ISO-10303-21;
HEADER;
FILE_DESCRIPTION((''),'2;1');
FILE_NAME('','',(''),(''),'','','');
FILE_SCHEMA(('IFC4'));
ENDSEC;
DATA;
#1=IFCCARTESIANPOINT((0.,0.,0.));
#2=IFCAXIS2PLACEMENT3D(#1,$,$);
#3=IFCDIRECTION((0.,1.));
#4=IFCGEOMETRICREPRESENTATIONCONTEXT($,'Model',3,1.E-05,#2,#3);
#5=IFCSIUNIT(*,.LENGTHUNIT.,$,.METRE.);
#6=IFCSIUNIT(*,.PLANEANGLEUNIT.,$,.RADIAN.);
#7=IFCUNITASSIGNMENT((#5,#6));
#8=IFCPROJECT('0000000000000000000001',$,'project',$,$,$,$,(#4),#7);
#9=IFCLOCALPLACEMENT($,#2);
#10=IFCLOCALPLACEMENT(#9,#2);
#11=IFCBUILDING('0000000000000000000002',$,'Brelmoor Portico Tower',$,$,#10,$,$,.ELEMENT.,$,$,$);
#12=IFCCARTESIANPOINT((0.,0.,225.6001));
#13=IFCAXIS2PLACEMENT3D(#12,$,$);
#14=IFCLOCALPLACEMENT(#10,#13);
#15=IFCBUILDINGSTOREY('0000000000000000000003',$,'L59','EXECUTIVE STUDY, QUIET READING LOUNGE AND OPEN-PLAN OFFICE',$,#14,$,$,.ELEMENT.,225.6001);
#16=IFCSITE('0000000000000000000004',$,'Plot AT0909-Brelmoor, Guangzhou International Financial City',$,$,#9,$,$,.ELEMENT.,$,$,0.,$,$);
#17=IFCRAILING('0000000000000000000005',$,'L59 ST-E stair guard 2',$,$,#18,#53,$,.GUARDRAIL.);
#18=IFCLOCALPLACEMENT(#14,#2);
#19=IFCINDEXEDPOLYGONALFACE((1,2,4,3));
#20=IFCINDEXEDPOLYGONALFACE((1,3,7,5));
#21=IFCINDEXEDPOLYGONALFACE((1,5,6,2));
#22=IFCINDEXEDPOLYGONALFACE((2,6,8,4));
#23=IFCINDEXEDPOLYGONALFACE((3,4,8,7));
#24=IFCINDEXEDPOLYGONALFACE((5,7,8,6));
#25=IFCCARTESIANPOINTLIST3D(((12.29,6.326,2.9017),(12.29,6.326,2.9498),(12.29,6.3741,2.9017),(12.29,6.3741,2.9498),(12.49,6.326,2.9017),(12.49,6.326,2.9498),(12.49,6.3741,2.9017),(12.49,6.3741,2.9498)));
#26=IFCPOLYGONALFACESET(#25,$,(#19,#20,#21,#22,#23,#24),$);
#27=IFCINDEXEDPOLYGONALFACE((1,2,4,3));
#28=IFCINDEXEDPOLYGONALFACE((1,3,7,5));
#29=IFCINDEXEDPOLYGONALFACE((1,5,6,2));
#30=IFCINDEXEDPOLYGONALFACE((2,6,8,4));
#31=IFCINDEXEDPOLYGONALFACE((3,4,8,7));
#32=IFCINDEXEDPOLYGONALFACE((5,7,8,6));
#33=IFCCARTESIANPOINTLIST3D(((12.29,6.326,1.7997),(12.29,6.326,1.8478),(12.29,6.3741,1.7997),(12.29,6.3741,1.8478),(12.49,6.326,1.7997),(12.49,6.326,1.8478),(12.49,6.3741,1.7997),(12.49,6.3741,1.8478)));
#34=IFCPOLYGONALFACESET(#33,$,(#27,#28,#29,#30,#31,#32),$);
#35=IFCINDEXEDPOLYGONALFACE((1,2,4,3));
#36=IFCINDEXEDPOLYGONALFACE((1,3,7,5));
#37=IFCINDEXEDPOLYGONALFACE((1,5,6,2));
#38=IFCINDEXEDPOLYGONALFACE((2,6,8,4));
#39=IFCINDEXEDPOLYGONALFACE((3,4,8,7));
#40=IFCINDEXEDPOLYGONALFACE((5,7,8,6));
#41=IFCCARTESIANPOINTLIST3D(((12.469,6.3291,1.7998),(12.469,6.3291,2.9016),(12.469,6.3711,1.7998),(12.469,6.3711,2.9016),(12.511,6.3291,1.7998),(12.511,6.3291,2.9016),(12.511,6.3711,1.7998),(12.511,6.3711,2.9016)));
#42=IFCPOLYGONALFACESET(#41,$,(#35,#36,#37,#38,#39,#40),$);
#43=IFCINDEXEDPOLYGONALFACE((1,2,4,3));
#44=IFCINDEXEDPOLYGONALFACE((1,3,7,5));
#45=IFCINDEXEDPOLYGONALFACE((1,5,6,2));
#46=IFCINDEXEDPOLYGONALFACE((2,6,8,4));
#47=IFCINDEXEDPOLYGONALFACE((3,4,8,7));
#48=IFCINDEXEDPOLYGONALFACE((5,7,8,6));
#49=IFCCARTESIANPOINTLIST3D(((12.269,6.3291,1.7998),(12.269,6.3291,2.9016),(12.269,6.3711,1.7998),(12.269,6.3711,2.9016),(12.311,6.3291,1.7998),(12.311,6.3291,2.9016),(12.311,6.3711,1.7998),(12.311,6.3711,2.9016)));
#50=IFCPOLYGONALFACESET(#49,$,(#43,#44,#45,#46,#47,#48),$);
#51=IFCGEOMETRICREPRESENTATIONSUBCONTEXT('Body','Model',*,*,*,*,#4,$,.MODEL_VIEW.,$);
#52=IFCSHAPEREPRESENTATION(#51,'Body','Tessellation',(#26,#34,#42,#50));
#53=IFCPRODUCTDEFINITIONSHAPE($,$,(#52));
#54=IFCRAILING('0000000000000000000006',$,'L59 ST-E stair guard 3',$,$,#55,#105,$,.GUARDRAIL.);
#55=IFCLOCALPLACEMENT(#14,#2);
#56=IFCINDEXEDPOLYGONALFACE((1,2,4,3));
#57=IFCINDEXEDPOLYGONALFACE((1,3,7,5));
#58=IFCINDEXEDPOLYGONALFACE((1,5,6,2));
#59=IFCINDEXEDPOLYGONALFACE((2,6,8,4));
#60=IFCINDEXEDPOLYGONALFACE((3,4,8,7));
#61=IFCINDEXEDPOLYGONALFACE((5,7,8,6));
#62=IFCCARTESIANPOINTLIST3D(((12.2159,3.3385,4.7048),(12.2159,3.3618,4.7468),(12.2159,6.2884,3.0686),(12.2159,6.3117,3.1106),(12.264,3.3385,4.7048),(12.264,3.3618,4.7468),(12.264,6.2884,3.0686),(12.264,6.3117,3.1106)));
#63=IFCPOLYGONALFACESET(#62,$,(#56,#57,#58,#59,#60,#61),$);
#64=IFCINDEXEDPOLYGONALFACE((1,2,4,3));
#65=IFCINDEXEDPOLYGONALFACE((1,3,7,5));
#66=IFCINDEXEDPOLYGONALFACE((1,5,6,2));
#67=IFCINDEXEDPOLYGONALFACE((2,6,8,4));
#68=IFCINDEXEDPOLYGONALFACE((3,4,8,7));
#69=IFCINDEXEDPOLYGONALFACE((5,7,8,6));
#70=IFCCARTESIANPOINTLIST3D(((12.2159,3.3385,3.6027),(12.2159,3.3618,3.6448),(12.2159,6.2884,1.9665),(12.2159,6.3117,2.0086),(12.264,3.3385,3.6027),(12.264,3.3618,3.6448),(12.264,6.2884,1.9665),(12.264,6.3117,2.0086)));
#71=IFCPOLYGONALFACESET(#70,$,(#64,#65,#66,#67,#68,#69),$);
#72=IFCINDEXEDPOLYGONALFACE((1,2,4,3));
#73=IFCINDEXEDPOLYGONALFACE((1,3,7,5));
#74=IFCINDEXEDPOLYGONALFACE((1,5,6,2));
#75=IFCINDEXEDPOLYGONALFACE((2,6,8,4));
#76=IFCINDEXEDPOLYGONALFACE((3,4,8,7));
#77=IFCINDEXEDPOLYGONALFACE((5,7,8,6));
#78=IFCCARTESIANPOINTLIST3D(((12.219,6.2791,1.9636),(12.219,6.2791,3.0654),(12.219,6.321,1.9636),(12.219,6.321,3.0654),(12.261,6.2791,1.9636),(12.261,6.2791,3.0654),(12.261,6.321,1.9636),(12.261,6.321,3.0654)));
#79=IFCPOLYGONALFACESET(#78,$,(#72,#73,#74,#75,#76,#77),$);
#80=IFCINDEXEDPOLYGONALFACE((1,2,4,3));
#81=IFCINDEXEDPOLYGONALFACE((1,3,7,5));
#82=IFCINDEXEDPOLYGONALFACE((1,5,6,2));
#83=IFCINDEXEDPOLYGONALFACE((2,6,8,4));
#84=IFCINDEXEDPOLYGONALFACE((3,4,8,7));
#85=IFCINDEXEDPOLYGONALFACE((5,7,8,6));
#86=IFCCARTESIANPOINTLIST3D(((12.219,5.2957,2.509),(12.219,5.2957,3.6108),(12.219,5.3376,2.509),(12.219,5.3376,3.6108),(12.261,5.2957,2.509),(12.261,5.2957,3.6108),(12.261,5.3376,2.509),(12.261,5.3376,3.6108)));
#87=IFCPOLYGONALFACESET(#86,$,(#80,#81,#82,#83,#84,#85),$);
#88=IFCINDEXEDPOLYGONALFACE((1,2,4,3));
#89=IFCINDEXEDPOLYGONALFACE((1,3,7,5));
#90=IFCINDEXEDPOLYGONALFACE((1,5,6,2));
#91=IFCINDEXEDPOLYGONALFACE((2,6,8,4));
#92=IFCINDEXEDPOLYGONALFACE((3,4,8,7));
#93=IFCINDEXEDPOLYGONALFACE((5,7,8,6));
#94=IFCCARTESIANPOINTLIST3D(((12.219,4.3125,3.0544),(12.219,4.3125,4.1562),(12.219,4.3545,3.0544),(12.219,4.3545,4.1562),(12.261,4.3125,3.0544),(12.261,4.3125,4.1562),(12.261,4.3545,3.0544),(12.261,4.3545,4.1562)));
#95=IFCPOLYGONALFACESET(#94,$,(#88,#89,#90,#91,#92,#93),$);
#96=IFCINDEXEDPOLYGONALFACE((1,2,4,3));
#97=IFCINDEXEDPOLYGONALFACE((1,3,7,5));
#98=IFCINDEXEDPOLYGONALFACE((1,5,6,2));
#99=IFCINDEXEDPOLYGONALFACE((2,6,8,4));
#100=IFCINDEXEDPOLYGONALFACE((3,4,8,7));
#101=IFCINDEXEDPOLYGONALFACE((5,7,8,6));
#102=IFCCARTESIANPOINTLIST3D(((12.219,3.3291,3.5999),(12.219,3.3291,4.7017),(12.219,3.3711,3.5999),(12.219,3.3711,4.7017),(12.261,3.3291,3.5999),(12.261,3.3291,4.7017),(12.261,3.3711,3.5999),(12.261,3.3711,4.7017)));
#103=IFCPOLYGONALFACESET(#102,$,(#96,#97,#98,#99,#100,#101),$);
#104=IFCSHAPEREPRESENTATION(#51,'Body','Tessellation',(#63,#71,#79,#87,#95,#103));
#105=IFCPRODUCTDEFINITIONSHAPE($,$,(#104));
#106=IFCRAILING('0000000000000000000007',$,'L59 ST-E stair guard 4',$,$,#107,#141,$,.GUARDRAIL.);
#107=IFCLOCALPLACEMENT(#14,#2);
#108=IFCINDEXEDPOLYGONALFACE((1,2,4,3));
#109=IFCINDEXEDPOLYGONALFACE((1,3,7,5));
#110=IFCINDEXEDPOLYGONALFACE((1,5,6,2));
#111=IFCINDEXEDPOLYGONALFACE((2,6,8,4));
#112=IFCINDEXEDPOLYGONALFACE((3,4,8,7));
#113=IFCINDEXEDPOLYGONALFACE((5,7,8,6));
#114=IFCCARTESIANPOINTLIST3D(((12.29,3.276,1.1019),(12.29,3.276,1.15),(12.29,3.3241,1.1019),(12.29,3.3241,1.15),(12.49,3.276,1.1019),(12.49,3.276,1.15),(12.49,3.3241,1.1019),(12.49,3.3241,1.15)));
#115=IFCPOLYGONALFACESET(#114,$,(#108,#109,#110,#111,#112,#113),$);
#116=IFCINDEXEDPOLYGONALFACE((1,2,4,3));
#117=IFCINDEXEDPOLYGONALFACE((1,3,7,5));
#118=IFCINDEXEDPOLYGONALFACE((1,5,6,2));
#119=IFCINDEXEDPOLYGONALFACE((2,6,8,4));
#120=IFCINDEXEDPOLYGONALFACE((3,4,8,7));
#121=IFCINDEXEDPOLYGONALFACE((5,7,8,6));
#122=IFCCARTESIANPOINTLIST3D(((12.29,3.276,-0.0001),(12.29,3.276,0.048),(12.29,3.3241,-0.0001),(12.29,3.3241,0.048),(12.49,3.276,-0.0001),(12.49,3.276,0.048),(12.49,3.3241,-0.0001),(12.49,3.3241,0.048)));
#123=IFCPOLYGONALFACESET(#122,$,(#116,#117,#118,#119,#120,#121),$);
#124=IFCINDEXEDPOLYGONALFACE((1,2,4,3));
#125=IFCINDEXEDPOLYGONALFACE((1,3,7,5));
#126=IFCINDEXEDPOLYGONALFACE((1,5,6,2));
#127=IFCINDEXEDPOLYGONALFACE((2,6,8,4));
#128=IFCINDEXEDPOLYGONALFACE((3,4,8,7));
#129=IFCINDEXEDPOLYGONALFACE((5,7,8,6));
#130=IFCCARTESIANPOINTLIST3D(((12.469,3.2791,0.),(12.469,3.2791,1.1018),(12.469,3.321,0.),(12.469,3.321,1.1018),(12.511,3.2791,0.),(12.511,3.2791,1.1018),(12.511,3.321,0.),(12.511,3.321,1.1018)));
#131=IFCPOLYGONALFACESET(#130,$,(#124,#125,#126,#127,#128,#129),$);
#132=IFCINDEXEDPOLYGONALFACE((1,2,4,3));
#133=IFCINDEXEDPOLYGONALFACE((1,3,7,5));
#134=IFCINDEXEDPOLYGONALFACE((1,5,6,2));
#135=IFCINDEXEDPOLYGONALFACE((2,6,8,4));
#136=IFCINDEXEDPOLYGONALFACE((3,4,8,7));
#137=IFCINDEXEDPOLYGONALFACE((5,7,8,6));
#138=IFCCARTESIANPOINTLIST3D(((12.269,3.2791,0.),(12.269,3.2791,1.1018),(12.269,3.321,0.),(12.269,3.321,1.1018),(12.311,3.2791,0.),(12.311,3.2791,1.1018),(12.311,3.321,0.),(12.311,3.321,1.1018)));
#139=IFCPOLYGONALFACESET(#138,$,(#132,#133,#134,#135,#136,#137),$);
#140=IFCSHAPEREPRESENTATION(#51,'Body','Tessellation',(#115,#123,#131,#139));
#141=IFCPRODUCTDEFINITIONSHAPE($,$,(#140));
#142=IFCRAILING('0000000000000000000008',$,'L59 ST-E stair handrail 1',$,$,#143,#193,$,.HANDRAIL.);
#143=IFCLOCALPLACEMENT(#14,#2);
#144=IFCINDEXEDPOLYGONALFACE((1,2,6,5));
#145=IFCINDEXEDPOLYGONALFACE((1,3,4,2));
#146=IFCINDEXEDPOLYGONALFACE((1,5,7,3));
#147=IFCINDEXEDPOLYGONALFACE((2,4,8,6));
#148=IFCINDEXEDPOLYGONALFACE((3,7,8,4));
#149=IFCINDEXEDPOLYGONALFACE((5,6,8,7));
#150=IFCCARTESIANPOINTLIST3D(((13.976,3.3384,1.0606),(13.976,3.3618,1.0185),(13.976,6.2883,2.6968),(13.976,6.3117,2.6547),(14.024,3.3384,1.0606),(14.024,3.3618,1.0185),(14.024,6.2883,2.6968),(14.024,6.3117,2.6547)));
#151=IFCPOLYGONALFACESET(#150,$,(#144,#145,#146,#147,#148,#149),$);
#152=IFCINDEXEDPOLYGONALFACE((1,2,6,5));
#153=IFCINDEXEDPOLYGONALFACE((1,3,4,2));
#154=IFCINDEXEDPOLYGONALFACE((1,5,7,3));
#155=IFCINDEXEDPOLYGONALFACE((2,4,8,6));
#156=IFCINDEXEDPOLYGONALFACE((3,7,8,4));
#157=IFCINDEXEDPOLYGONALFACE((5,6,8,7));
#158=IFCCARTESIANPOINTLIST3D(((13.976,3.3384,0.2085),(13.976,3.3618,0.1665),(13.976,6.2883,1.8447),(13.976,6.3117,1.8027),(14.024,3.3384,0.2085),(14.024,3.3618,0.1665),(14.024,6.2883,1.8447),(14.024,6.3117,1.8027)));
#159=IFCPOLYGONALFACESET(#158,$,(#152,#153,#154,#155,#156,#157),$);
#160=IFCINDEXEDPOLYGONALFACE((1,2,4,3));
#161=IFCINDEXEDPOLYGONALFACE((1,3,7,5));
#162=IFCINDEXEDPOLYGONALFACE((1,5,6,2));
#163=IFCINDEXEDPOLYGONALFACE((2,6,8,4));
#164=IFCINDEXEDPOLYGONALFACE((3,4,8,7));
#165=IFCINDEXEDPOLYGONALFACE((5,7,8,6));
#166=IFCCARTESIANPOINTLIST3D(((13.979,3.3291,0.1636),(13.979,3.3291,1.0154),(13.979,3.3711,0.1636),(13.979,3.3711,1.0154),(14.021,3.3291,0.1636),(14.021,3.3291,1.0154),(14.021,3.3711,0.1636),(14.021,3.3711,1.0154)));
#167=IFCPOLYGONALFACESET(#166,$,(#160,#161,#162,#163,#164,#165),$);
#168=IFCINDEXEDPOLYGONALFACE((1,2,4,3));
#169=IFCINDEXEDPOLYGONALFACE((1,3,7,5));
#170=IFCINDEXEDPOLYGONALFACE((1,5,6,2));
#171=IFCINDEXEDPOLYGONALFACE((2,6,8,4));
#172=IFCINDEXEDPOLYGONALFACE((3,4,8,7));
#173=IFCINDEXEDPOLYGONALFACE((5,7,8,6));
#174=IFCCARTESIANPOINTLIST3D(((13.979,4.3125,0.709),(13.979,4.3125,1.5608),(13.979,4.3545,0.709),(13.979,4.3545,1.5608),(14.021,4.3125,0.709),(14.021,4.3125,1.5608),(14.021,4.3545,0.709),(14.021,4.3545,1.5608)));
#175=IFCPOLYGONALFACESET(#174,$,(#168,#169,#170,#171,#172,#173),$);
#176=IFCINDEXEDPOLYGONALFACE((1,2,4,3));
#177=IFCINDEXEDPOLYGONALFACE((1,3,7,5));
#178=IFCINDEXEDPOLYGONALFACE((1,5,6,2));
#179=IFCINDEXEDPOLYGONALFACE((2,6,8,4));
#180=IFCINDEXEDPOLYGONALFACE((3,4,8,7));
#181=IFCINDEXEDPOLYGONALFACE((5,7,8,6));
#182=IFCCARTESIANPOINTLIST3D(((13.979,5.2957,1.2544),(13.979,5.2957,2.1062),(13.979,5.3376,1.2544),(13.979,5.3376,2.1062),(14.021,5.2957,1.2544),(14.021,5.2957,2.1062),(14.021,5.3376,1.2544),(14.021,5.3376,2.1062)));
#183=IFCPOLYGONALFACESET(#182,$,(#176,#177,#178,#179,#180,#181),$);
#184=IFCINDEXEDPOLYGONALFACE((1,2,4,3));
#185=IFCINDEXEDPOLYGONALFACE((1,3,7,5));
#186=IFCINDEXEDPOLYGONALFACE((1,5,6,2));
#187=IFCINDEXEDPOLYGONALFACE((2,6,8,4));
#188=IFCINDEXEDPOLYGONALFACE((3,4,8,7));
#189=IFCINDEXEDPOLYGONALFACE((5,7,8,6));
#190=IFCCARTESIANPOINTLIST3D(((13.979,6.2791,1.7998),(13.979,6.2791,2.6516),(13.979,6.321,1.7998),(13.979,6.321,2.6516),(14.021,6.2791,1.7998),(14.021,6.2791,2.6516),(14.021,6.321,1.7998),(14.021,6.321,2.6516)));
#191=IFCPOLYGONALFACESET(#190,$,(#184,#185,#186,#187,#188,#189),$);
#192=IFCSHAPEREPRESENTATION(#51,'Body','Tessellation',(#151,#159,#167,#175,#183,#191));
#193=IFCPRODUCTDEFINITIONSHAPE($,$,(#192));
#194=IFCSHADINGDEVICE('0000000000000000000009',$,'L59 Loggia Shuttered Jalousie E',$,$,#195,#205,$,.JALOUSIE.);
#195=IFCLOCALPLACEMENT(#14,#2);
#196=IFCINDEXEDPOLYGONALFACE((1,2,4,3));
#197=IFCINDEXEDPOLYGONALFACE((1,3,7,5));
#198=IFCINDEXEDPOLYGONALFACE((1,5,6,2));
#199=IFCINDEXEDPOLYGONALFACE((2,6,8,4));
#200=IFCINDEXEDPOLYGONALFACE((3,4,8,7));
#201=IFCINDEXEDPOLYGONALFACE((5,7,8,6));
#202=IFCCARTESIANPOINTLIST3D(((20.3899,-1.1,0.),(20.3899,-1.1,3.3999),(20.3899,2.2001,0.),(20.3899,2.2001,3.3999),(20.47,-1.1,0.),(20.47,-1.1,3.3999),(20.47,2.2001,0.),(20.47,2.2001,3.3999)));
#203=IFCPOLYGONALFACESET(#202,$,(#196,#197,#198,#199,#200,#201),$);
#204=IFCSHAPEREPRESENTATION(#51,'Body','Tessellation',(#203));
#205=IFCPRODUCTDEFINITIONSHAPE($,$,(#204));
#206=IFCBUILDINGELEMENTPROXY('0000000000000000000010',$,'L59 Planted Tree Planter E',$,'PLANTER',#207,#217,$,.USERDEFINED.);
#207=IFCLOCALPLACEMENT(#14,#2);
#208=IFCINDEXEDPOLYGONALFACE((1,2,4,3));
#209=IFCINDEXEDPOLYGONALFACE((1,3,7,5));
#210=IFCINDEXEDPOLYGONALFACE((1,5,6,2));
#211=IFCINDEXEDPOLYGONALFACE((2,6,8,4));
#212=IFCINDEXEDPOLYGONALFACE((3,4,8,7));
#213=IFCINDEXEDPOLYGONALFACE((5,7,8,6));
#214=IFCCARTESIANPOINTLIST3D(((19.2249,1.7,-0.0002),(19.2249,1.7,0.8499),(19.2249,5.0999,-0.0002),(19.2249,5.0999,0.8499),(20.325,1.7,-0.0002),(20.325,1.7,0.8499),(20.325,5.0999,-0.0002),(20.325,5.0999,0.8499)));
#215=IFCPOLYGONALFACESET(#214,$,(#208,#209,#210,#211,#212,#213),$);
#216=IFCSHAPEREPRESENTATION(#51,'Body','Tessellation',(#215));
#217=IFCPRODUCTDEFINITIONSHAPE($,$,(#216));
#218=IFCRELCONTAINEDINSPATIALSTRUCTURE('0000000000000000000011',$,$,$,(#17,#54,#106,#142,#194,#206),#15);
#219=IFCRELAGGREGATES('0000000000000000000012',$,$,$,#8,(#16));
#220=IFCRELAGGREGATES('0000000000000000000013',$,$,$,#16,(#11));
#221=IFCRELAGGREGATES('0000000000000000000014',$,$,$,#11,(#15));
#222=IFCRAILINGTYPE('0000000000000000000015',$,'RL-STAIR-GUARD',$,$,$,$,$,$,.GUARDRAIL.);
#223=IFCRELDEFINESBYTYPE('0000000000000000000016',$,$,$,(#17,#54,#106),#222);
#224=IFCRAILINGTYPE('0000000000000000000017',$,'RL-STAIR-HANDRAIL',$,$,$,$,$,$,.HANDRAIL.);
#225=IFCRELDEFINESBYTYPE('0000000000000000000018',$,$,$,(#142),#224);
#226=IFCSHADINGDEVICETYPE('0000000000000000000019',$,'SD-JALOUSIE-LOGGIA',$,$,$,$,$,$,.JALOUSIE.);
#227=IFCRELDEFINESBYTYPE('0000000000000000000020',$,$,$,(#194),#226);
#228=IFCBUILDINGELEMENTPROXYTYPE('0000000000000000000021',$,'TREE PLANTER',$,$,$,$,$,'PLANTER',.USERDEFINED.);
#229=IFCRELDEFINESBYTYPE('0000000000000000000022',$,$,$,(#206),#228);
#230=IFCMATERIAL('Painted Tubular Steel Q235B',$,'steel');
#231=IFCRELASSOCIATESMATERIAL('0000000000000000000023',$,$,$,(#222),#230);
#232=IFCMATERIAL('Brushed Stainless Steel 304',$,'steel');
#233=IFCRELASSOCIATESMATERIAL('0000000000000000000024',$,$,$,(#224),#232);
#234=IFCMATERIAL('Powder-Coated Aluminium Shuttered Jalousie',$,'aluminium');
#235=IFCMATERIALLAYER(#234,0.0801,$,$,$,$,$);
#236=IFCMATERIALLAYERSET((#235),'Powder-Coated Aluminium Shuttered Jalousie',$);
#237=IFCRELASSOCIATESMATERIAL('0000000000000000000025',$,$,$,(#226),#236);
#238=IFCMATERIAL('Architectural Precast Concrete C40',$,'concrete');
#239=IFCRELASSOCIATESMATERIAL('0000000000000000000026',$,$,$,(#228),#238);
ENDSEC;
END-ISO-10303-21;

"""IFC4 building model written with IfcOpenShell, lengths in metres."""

from ifc_helpers import new_model, si_unit, direction, frame, origin, origin_2d, place, context, subcontext, project, spatial, rectangle, extrude, material, layer, layer_set, type_object, element, save


model = new_model("IFC4")

# Units and contexts
model_context = context("Model", 3, precision=1e-05, world=origin(), true_north=direction((0.0, 1.0)))
body_context = subcontext(model_context, "Body", "Model", "MODEL_VIEW")
ifc_project = project(units=[si_unit("LENGTHUNIT", "METRE"), si_unit("PLANEANGLEUNIT", "RADIAN")], contexts=[model_context])

# Site, building, storey
site_placement = place(None, origin())
site = spatial("IfcSite", under=ifc_project, at=site_placement, Name="Plot AT0909-Brelmoor, Guangzhou International Financial City", CompositionType="ELEMENT", RefElevation=0.0)
building_placement = place(site_placement, origin())
building = spatial("IfcBuilding", under=site, at=building_placement, Name="Brelmoor Portico Tower", CompositionType="ELEMENT")
storey_placement = place(building_placement, frame((0.0, 0.0, 225.6001)))
storey = spatial("IfcBuildingStorey", under=building, at=storey_placement, Name="L59", Description="EXECUTIVE STUDY, QUIET READING LOUNGE AND OPEN-PLAN OFFICE", CompositionType="ELEMENT", Elevation=225.6001)

# Railings
ifc_material_1 = material(Name="Painted Tubular Steel Q235B", Category="steel")
railing_type_1 = type_object("IfcRailingType", Name="RL-STAIR-GUARD", PredefinedType="GUARDRAIL", material=ifc_material_1)
railing_1_placement = place(storey_placement, frame((12.49, 6.3501, 1.7998)))
element("IfcRailing", 1, at=railing_1_placement, inside=storey, type_object=railing_type_1, Name="L59 ST-E stair guard 2", PredefinedType="GUARDRAIL", context=body_context, shape_type="SweptSolid", body=[
    extrude(rectangle(XDim=0.0481, YDim=0.0481, at=origin_2d()), frame((0.0, 0.0, 1.126), z_axis=(-1.0, 0.0, 0.0), x_axis=(0.0, -1.0, 0.0)), (0.0, 0.0, 1.0), 0.2),
    extrude(rectangle(XDim=0.0481, YDim=0.0481, at=origin_2d()), frame((0.0, 0.0, 0.0239), z_axis=(-1.0, 0.0, 0.0), x_axis=(0.0, -1.0, 0.0)), (0.0, 0.0, 1.0), 0.2),
    extrude(rectangle(XDim=0.042, YDim=0.042, at=origin_2d()), origin(), (0.0, 0.0, 1.0), 1.1018),
    extrude(rectangle(XDim=0.042, YDim=0.042, at=origin_2d()), frame((-0.2, 0.0, 0.0)), (0.0, 0.0, 1.0), 1.1018),
])
railing_2_placement = place(storey_placement, frame((12.24, 6.3, 1.9636)))
element("IfcRailing", 2, at=railing_2_placement, inside=storey, type_object=railing_type_1, Name="L59 ST-E stair guard 3", PredefinedType="GUARDRAIL", context=body_context, shape_type="SweptSolid", body=[
    extrude(rectangle(XDim=0.0481, YDim=0.0481, at=origin_2d()), frame((0.0, 0.0, 1.126), z_axis=(0.0, -0.874488, 0.485047), x_axis=(1.0, 0.0, 0.0)), (0.0, 0.0, 1.0), 3.3733),
    extrude(rectangle(XDim=0.0481, YDim=0.0481, at=origin_2d()), frame((0.0, 0.0, 0.0239), z_axis=(0.0, -0.874488, 0.485047), x_axis=(1.0, 0.0, 0.0)), (0.0, 0.0, 1.0), 3.3733),
    extrude(rectangle(XDim=0.042, YDim=0.042, at=origin_2d()), origin(), (0.0, 0.0, 1.0), 1.1018),
    extrude(rectangle(XDim=0.042, YDim=0.042, at=origin_2d()), frame((0.0, -0.9834, 0.5454)), (0.0, 0.0, 1.0), 1.1018),
    extrude(rectangle(XDim=0.042, YDim=0.042, at=origin_2d()), frame((0.0, -1.9666, 1.0908)), (0.0, 0.0, 1.0), 1.1018),
    extrude(rectangle(XDim=0.042, YDim=0.042, at=origin_2d()), frame((0.0, -2.95, 1.6362)), (0.0, 0.0, 1.0), 1.1018),
])
railing_3_placement = place(storey_placement, frame((12.49, 3.3, 0.0)))
element("IfcRailing", 3, at=railing_3_placement, inside=storey, type_object=railing_type_1, Name="L59 ST-E stair guard 4", PredefinedType="GUARDRAIL", context=body_context, shape_type="SweptSolid", body=[
    extrude(rectangle(XDim=0.0481, YDim=0.0481, at=origin_2d()), frame((0.0, 0.0, 1.126), z_axis=(-1.0, 0.0, 0.0), x_axis=(0.0, -1.0, 0.0)), (0.0, 0.0, 1.0), 0.2),
    extrude(rectangle(XDim=0.0481, YDim=0.0481, at=origin_2d()), frame((0.0, 0.0, 0.0239), z_axis=(-1.0, 0.0, 0.0), x_axis=(0.0, -1.0, 0.0)), (0.0, 0.0, 1.0), 0.2),
    extrude(rectangle(XDim=0.042, YDim=0.042, at=origin_2d()), origin(), (0.0, 0.0, 1.0), 1.1018),
    extrude(rectangle(XDim=0.042, YDim=0.042, at=origin_2d()), frame((-0.2, 0.0, 0.0)), (0.0, 0.0, 1.0), 1.1018),
])
ifc_material_2 = material(Name="Brushed Stainless Steel 304", Category="steel")
railing_type_2 = type_object("IfcRailingType", Name="RL-STAIR-HANDRAIL", PredefinedType="HANDRAIL", material=ifc_material_2)
railing_4_placement = place(storey_placement, frame((14.0, 3.3501, 0.1636)))
element("IfcRailing", 4, at=railing_4_placement, inside=storey, type_object=railing_type_2, Name="L59 ST-E stair handrail 1", PredefinedType="HANDRAIL", context=body_context, shape_type="SweptSolid", body=[
    extrude(rectangle(XDim=0.0481, YDim=0.0481, at=origin_2d()), frame((0.0, 0.0, 0.876), z_axis=(0.0, 0.874488, 0.485047), x_axis=(-1.0, 0.0, 0.0)), (0.0, 0.0, 1.0), 3.3733),
    extrude(rectangle(XDim=0.0481, YDim=0.0481, at=origin_2d()), frame((0.0, 0.0, 0.0239), z_axis=(0.0, 0.874488, 0.485047), x_axis=(-1.0, 0.0, 0.0)), (0.0, 0.0, 1.0), 3.3733),
    extrude(rectangle(XDim=0.042, YDim=0.042, at=origin_2d()), origin(), (0.0, 0.0, 1.0), 0.8518),
    extrude(rectangle(XDim=0.042, YDim=0.042, at=origin_2d()), frame((0.0, 0.9834, 0.5454)), (0.0, 0.0, 1.0), 0.8518),
    extrude(rectangle(XDim=0.042, YDim=0.042, at=origin_2d()), frame((0.0, 1.9666, 1.0908)), (0.0, 0.0, 1.0), 0.8518),
    extrude(rectangle(XDim=0.042, YDim=0.042, at=origin_2d()), frame((0.0, 2.95, 1.6362)), (0.0, 0.0, 1.0), 0.8518),
])

# Shading device
ifc_material_3 = material(Name="Powder-Coated Aluminium Shuttered Jalousie", Category="aluminium")
ifc_layer_1 = layer(ifc_material_3, 0.0801)
ifc_layer_set_1 = layer_set([ifc_layer_1], Name="Powder-Coated Aluminium Shuttered Jalousie")
shading_device_type = type_object("IfcShadingDeviceType", Name="SD-JALOUSIE-LOGGIA", PredefinedType="JALOUSIE", material=ifc_layer_set_1)
shading_device_placement = place(storey_placement, frame((20.4299, 0.55, 0.0), z_axis=(0.0, 0.0, 1.0), x_axis=(0.0, 1.0, 0.0)))
element("IfcShadingDevice", 5, at=shading_device_placement, inside=storey, type_object=shading_device_type, Name="L59 Loggia Shuttered Jalousie E", PredefinedType="JALOUSIE", context=body_context, shape_type="SweptSolid", body=[
    extrude(rectangle(XDim=3.3, YDim=0.0801, at=origin_2d()), origin(), (0.0, 0.0, 1.0), 3.3999),
])

# Building element proxy
ifc_material_4 = material(Name="Architectural Precast Concrete C40", Category="concrete")
building_element_proxy_type = type_object("IfcBuildingElementProxyType", Name="TREE PLANTER", ElementType="PLANTER", PredefinedType="USERDEFINED", material=ifc_material_4)
proxy_placement = place(storey_placement, frame((19.7749, 3.3999, -0.0002), z_axis=(0.0, 0.0, 1.0), x_axis=(0.0, 1.0, 0.0)))
element("IfcBuildingElementProxy", 6, at=proxy_placement, inside=storey, type_object=building_element_proxy_type, Name="L59 Planted Tree Planter E", ObjectType="PLANTER", PredefinedType="USERDEFINED", context=body_context, shape_type="SweptSolid", body=[
    extrude(rectangle(XDim=3.3999, YDim=1.1001, at=origin_2d()), origin(), (0.0, 0.0, 1.0), 0.8501),
])

save(model, "model.ifc")
